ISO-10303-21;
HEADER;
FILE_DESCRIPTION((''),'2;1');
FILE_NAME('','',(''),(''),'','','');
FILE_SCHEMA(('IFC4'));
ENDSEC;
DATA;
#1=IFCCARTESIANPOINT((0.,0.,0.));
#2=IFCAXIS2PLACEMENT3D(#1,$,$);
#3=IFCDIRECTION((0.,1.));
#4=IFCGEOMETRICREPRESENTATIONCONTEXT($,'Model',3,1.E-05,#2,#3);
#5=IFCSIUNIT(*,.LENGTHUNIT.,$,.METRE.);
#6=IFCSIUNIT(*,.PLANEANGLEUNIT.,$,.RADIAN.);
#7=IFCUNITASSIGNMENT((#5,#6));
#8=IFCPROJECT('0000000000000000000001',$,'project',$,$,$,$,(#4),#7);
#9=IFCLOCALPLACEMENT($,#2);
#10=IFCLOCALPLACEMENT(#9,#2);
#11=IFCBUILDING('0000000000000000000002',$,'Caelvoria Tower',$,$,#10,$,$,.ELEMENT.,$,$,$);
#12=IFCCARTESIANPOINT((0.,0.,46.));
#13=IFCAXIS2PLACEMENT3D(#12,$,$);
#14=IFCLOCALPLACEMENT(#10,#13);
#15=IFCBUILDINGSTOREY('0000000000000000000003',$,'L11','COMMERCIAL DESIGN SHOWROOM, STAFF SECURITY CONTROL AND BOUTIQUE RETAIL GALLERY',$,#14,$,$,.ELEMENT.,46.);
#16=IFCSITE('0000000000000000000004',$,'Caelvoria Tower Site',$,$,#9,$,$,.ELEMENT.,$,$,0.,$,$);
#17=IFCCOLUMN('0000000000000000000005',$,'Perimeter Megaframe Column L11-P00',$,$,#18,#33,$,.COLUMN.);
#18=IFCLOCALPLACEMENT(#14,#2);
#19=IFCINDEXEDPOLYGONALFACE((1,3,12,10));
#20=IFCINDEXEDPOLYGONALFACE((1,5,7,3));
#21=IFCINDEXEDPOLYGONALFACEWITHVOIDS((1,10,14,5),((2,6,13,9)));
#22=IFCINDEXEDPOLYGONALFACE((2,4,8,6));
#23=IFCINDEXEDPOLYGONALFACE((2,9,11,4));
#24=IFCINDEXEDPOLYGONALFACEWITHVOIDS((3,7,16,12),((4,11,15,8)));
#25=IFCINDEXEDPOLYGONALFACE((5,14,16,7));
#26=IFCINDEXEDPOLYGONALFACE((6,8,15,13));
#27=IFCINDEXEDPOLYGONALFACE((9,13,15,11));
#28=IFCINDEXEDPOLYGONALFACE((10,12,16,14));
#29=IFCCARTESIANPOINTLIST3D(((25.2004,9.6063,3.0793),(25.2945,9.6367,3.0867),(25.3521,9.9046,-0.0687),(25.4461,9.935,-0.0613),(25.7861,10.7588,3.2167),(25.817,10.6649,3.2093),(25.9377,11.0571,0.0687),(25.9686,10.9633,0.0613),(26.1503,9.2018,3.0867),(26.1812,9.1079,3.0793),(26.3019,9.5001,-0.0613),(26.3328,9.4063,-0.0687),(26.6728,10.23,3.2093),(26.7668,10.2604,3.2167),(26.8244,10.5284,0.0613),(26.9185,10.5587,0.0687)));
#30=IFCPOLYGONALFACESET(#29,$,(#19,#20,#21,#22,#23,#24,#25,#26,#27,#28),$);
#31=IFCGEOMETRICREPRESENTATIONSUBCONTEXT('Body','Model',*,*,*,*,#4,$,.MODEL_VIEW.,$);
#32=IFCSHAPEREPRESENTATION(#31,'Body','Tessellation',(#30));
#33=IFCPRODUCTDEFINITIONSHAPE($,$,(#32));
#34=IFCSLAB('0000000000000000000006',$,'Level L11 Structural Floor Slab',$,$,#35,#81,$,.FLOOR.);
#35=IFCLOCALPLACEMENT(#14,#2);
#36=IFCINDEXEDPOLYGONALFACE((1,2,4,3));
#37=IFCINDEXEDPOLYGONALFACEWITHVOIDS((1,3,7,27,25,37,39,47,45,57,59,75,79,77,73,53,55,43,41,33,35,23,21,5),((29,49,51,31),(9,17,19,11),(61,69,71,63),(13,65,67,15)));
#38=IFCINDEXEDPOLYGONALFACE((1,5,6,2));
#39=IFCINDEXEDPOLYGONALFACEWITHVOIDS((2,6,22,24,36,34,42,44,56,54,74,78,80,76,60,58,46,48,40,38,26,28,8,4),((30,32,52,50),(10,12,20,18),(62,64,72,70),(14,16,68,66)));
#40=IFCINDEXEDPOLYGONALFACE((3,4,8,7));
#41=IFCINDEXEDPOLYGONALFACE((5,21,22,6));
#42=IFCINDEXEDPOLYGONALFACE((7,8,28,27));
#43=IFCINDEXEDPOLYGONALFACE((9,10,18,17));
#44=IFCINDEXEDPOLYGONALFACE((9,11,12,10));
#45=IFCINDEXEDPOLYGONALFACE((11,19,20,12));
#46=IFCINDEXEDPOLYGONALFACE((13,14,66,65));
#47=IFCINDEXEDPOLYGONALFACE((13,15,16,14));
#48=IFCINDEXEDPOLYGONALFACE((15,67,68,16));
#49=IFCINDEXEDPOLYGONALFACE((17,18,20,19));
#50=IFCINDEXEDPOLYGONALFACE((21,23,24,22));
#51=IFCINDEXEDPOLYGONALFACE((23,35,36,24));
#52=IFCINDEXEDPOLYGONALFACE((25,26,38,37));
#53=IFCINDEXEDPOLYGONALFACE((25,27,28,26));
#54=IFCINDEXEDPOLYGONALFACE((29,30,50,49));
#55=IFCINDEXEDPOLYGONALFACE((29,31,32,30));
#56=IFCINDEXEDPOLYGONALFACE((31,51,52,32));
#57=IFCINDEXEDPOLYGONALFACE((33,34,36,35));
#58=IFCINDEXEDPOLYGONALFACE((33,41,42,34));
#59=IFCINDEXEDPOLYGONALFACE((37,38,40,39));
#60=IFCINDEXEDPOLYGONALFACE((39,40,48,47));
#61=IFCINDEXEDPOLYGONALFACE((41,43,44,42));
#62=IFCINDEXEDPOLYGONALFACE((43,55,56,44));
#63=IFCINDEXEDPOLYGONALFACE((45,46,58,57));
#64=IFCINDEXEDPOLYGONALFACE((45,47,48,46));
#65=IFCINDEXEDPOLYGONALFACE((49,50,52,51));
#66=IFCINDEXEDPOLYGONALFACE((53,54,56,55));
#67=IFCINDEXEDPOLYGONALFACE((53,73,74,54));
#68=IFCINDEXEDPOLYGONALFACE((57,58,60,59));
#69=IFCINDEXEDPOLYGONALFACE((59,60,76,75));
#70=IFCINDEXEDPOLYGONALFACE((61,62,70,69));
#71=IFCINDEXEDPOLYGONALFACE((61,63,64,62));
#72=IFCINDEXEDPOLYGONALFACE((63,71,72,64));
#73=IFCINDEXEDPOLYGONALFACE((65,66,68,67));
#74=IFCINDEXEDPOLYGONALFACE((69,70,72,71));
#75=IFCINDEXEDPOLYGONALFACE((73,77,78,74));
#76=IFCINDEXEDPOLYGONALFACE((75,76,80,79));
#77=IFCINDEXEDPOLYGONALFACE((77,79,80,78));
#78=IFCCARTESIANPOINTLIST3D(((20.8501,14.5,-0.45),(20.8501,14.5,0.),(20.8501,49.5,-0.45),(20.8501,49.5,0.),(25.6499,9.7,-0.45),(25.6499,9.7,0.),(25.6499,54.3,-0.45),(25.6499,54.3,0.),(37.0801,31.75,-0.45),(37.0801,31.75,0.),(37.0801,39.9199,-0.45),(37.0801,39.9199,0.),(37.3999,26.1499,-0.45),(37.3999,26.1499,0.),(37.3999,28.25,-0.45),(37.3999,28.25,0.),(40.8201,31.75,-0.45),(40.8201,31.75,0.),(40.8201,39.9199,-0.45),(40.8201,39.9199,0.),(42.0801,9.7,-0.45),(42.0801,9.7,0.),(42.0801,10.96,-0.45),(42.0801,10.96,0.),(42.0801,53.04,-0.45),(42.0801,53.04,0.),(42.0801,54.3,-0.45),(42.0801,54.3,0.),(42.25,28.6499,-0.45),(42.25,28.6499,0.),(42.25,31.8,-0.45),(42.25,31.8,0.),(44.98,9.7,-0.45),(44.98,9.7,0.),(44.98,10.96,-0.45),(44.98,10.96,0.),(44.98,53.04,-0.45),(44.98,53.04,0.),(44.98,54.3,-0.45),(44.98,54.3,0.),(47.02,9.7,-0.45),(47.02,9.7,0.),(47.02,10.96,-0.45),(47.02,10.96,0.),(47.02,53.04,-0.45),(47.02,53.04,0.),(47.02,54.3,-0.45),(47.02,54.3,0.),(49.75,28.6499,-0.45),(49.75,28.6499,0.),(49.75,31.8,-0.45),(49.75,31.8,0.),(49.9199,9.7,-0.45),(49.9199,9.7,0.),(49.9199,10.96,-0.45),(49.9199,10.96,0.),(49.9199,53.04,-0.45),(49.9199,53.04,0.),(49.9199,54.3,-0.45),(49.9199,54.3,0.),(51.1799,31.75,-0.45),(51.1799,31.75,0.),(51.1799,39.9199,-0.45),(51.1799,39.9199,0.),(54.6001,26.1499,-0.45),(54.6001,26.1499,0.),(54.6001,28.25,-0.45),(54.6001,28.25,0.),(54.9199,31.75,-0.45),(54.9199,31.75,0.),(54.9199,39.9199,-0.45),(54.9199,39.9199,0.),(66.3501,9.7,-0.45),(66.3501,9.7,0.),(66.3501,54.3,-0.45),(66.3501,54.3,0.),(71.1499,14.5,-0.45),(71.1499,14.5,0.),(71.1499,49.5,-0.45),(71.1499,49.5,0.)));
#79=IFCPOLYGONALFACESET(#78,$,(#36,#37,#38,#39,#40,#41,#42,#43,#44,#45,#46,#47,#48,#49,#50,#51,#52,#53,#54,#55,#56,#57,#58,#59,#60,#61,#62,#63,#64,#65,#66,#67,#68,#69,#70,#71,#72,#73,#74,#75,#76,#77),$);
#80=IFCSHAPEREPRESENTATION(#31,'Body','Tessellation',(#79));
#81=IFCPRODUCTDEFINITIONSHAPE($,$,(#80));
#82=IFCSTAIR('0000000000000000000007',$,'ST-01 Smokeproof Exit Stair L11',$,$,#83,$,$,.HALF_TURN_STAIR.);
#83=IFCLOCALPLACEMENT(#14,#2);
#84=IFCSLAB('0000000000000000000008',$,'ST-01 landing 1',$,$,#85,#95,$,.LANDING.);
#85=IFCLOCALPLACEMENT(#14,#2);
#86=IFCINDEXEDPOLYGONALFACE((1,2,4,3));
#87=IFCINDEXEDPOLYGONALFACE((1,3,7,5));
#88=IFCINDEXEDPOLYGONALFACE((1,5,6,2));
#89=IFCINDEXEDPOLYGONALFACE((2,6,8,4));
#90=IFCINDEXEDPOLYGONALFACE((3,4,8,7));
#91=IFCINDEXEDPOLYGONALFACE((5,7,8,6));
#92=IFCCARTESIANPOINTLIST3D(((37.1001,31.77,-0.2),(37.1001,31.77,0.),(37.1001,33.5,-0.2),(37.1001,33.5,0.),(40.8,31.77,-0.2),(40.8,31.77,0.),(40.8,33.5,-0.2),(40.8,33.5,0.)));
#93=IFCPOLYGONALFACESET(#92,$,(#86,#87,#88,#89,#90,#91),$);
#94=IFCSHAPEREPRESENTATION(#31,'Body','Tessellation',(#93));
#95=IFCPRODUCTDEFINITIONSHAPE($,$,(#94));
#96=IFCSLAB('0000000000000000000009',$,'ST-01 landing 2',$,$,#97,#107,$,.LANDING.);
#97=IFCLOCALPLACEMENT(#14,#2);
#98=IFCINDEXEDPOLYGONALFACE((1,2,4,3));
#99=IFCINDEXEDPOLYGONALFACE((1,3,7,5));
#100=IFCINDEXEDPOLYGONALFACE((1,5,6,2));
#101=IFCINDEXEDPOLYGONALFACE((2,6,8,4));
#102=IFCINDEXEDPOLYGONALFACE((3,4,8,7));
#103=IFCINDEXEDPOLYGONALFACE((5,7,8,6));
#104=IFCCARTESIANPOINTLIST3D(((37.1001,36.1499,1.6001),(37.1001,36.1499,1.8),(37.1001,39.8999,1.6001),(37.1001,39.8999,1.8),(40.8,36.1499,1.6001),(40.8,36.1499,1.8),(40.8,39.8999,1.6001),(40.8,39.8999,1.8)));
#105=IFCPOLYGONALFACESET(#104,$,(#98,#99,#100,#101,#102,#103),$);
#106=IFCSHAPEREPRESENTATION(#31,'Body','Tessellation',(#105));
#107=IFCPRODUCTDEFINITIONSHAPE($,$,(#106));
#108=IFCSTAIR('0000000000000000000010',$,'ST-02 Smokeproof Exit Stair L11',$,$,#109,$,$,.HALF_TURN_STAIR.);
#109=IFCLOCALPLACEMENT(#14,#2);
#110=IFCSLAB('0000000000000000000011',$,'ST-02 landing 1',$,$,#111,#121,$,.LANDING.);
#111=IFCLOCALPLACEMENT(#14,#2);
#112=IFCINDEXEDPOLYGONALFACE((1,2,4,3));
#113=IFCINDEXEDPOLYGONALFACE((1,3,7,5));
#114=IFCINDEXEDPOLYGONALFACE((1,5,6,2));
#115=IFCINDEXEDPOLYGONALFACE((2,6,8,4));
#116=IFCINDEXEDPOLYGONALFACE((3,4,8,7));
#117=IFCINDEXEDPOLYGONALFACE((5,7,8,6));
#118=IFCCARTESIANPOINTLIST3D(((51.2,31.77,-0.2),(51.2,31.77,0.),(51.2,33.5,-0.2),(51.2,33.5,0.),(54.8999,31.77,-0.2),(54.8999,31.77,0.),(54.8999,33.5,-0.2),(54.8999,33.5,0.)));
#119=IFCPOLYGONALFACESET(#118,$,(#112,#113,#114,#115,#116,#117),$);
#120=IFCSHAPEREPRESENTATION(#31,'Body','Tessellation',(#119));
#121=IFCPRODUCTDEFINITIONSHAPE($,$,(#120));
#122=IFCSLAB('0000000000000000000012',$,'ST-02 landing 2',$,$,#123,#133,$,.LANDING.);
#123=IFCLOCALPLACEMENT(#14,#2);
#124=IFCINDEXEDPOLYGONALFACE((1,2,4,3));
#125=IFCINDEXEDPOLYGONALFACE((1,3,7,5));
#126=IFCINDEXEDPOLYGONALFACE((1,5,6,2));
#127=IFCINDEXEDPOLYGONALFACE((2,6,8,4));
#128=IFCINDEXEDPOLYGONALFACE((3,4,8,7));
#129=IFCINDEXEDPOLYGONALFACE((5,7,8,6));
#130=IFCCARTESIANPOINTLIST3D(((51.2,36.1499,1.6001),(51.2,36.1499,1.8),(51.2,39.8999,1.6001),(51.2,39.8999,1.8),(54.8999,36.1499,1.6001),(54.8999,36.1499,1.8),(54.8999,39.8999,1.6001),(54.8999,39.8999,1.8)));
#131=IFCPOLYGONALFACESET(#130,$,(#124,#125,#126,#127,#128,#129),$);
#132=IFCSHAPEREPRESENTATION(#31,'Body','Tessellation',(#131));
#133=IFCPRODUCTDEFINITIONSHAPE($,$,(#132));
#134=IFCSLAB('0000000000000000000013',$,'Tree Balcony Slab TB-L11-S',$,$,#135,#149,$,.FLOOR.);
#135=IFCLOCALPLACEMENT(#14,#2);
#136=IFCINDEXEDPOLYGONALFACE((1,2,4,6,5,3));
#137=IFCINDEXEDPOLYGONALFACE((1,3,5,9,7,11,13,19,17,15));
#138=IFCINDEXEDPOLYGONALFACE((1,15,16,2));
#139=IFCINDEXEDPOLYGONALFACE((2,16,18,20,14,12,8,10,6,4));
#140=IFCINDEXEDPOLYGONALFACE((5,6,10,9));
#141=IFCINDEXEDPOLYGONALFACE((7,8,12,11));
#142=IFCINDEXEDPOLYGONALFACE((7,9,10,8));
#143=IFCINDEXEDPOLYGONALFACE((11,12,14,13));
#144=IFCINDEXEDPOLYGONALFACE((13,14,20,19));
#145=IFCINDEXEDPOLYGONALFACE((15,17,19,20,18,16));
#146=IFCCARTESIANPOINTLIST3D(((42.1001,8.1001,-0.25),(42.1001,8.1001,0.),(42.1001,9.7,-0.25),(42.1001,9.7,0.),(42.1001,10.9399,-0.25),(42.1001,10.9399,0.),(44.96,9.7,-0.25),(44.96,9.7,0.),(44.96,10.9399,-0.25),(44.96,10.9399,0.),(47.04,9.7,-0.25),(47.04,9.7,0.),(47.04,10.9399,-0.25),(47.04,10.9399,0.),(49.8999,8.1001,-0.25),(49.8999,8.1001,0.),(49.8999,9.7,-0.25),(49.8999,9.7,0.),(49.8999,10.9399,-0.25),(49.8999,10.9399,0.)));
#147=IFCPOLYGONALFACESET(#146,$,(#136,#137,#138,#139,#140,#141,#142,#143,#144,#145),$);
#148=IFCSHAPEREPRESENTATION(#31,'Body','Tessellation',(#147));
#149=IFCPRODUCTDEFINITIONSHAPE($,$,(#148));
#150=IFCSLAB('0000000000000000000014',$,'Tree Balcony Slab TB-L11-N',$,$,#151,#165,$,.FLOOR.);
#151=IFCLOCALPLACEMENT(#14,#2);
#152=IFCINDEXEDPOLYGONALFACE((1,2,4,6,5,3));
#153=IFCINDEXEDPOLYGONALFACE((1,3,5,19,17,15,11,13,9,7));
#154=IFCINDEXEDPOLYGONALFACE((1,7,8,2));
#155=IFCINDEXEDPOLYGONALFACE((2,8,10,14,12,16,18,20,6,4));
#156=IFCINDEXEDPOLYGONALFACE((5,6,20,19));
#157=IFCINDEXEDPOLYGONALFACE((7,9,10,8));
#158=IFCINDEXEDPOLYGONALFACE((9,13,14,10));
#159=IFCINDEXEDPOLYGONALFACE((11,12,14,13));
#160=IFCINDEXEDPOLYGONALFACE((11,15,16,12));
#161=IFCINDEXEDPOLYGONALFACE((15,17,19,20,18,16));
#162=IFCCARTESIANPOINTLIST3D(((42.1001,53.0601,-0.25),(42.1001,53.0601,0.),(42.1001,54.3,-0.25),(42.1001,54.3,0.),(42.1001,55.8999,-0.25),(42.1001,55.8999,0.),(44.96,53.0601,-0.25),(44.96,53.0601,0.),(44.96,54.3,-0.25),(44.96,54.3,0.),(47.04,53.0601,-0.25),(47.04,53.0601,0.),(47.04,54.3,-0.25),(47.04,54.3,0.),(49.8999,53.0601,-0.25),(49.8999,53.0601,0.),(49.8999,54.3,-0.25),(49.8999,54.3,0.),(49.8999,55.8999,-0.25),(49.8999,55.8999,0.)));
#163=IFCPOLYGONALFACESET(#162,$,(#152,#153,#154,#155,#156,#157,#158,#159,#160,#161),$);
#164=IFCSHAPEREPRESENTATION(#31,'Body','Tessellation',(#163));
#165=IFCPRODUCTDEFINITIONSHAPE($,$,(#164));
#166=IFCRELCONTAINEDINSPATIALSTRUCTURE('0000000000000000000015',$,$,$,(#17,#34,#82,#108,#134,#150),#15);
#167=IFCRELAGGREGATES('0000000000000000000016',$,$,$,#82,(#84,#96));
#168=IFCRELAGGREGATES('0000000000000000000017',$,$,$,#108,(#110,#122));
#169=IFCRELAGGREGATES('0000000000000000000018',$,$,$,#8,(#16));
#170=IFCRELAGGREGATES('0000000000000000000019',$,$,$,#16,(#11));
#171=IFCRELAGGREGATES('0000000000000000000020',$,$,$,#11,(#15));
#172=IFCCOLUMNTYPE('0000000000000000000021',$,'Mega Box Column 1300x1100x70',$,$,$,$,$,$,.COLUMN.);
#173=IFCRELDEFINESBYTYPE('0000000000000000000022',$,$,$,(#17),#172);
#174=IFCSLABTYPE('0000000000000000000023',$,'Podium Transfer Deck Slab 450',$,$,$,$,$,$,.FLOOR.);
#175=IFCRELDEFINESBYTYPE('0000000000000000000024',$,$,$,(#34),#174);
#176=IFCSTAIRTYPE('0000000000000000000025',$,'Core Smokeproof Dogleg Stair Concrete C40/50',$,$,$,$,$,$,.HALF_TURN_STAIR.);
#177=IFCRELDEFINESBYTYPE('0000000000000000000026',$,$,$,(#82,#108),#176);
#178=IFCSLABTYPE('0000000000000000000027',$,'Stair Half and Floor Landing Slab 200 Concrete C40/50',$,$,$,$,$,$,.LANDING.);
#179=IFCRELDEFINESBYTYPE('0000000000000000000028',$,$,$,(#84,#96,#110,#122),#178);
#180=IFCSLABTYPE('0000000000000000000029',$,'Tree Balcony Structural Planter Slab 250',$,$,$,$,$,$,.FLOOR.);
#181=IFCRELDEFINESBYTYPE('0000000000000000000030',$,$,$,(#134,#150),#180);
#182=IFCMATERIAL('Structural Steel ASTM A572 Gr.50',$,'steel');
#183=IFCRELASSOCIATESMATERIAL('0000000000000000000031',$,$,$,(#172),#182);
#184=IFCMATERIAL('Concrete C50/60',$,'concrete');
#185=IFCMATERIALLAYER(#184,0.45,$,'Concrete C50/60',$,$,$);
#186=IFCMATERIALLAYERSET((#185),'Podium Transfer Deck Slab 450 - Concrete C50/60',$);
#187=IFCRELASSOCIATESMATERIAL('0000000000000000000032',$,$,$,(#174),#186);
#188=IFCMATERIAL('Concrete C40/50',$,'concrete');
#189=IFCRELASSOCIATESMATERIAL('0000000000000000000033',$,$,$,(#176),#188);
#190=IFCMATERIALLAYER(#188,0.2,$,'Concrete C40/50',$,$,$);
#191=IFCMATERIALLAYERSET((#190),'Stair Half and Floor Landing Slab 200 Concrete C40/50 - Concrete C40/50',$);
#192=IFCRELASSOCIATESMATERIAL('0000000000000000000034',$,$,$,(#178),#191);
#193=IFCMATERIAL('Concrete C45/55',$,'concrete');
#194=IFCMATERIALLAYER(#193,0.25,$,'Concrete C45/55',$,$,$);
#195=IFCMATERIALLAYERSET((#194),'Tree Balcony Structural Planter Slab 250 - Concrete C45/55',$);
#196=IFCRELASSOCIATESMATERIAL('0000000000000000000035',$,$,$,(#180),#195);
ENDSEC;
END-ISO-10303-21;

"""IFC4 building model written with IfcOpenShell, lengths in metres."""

from ifc_helpers import new_model, si_unit, direction, frame, origin, origin_2d, place, context, subcontext, project, spatial, polyline, hollow_rectangle, outline, extrude, material, layer, layer_set, material_profile, profile_set, type_object, element, aggregate, save


model = new_model("IFC4")

# Units and contexts
model_context = context("Model", 3, precision=1e-05, world=origin(), true_north=direction((0.0, 1.0)))
body_context = subcontext(model_context, "Body", "Model", "MODEL_VIEW")
ifc_project = project(units=[si_unit("LENGTHUNIT", "METRE"), si_unit("PLANEANGLEUNIT", "RADIAN")], contexts=[model_context])

# Site, building, storey
site_placement = place(None, origin())
site = spatial("IfcSite", under=ifc_project, at=site_placement, Name="Caelvoria Tower Site", CompositionType="ELEMENT", RefElevation=0.0)
building_placement = place(site_placement, origin())
building = spatial("IfcBuilding", under=site, at=building_placement, Name="Caelvoria Tower", CompositionType="ELEMENT")
storey_placement = place(building_placement, frame((0.0, 0.0, 46.0)))
storey = spatial("IfcBuildingStorey", under=building, at=storey_placement, Name="L11", Description="COMMERCIAL DESIGN SHOWROOM, STAFF SECURITY CONTROL AND BOUTIQUE RETAIL GALLERY", CompositionType="ELEMENT", Elevation=46.0)

# Column
ifc_material_1 = material(Name="Structural Steel ASTM A572 Gr.50", Category="steel")
ifc_material_profile = material_profile(ifc_material_1, hollow_rectangle(XDim=1.1001, YDim=1.3, WallThickness=0.0701, at=origin_2d()), Name="Structural Steel ASTM A572 Gr.50")
ifc_profile_set = profile_set([ifc_material_profile], Name="BOX1300X1100X70 - Structural Steel ASTM A572 Gr.50")
column_type = type_object("IfcColumnType", Name="Mega Box Column 1300x1100x70", PredefinedType="COLUMN", material=ifc_profile_set)
column_placement = place(storey_placement, frame((26.1353, 10.2317, 0.0), z_axis=(-0.047892, -0.094242, 0.994397), x_axis=(0.89149, -0.45304, 0.0)))
element("IfcColumn", 1, at=column_placement, inside=storey, type_object=column_type, Name="Perimeter Megaframe Column L11-P00", PredefinedType="COLUMN", context=body_context, shape_type="SweptSolid", body=[
    extrude(hollow_rectangle(XDim=1.1001, YDim=1.3, WallThickness=0.0701, at=origin_2d()), origin(), (0.0, 0.0, 1.0), 3.1658),
])

# Slab
ifc_material_2 = material(Name="Concrete C50/60", Category="concrete")
ifc_layer_1 = layer(ifc_material_2, 0.45, Name="Concrete C50/60")
ifc_layer_set_1 = layer_set([ifc_layer_1], Name="Podium Transfer Deck Slab 450 - Concrete C50/60")
slab_type_1 = type_object("IfcSlabType", Name="Podium Transfer Deck Slab 450", PredefinedType="FLOOR", material=ifc_layer_set_1)
slab_1_placement = place(storey_placement, frame((0.0, 0.0, -0.45)))
element("IfcSlab", 2, at=slab_1_placement, inside=storey, type_object=slab_type_1, Name="Level L11 Structural Floor Slab", PredefinedType="FLOOR", context=body_context, shape_type="SweptSolid", body=[
    extrude(outline(polyline([(20.8501, 49.5), (20.8501, 14.5), (25.6499, 9.7), (42.0801, 9.7), (42.0801, 10.96), (44.98, 10.96), (44.98, 9.7), (47.02, 9.7), (47.02, 10.96), (49.9199, 10.96), (49.9199, 9.7), (66.3501, 9.7), (71.1499, 14.5), (71.1499, 49.5), (66.3501, 54.3), (49.9199, 54.3), (49.9199, 53.04), (47.02, 53.04), (47.02, 54.3), (44.98, 54.3), (44.98, 53.04), (42.0801, 53.04), (42.0801, 54.3), (25.6499, 54.3), (20.8501, 49.5)]), holes=[polyline([(37.0801, 31.75), (40.8201, 31.75), (40.8201, 39.9199), (37.0801, 39.9199), (37.0801, 31.75)]), polyline([(51.1799, 31.75), (54.9199, 31.75), (54.9199, 39.9199), (51.1799, 39.9199), (51.1799, 31.75)]), polyline([(42.25, 28.6499), (49.75, 28.6499), (49.75, 31.8), (42.25, 31.8), (42.25, 28.6499)]), polyline([(37.3999, 26.1499), (54.6001, 26.1499), (54.6001, 28.25), (37.3999, 28.25), (37.3999, 26.1499)])]), origin(), (0.0, 0.0, 1.0), 0.45),
])

# Stairs, slabs
ifc_material_3 = material(Name="Concrete C40/50", Category="concrete")
stair_type = type_object("IfcStairType", Name="Core Smokeproof Dogleg Stair Concrete C40/50", PredefinedType="HALF_TURN_STAIR", material=ifc_material_3)
stair_1_placement = place(storey_placement, origin())
stair_1 = element("IfcStair", 3, at=stair_1_placement, inside=storey, type_object=stair_type, Name="ST-01 Smokeproof Exit Stair L11", PredefinedType="HALF_TURN_STAIR")
ifc_layer_2 = layer(ifc_material_3, 0.2, Name="Concrete C40/50")
ifc_layer_set_2 = layer_set([ifc_layer_2], Name="Stair Half and Floor Landing Slab 200 Concrete C40/50 - Concrete C40/50")
slab_type_2 = type_object("IfcSlabType", Name="Stair Half and Floor Landing Slab 200 Concrete C40/50", PredefinedType="LANDING", material=ifc_layer_set_2)
slab_2_placement = place(storey_placement, frame((0.0, 0.0, -0.2)))
slab_2 = element("IfcSlab", 4, at=slab_2_placement, type_object=slab_type_2, Name="ST-01 landing 1", PredefinedType="LANDING", context=body_context, shape_type="SweptSolid", body=[
    extrude(outline(polyline([(37.1001, 31.77), (40.8, 31.77), (40.8, 33.5), (37.1001, 33.5), (37.1001, 31.77)])), origin(), (0.0, 0.0, 1.0), 0.2),
])
slab_3_placement = place(storey_placement, frame((0.0, 0.0, 1.6001)))
slab_3 = element("IfcSlab", 5, at=slab_3_placement, type_object=slab_type_2, Name="ST-01 landing 2", PredefinedType="LANDING", context=body_context, shape_type="SweptSolid", body=[
    extrude(outline(polyline([(37.1001, 36.1499), (40.8, 36.1499), (40.8, 39.8999), (37.1001, 39.8999), (37.1001, 36.1499)])), origin(), (0.0, 0.0, 1.0), 0.2),
])
aggregate(stair_1, [slab_2, slab_3])
stair_2_placement = place(storey_placement, origin())
stair_2 = element("IfcStair", 6, at=stair_2_placement, inside=storey, type_object=stair_type, Name="ST-02 Smokeproof Exit Stair L11", PredefinedType="HALF_TURN_STAIR")
slab_4_placement = place(storey_placement, frame((0.0, 0.0, -0.2)))
slab_4 = element("IfcSlab", 7, at=slab_4_placement, type_object=slab_type_2, Name="ST-02 landing 1", PredefinedType="LANDING", context=body_context, shape_type="SweptSolid", body=[
    extrude(outline(polyline([(51.2, 31.77), (54.8999, 31.77), (54.8999, 33.5), (51.2, 33.5), (51.2, 31.77)])), origin(), (0.0, 0.0, 1.0), 0.2),
])
slab_5_placement = place(storey_placement, frame((0.0, 0.0, 1.6001)))
slab_5 = element("IfcSlab", 8, at=slab_5_placement, type_object=slab_type_2, Name="ST-02 landing 2", PredefinedType="LANDING", context=body_context, shape_type="SweptSolid", body=[
    extrude(outline(polyline([(51.2, 36.1499), (54.8999, 36.1499), (54.8999, 39.8999), (51.2, 39.8999), (51.2, 36.1499)])), origin(), (0.0, 0.0, 1.0), 0.2),
])
aggregate(stair_2, [slab_4, slab_5])

# Slabs
ifc_material_4 = material(Name="Concrete C45/55", Category="concrete")
ifc_layer_3 = layer(ifc_material_4, 0.25, Name="Concrete C45/55")
ifc_layer_set_3 = layer_set([ifc_layer_3], Name="Tree Balcony Structural Planter Slab 250 - Concrete C45/55")
slab_type_3 = type_object("IfcSlabType", Name="Tree Balcony Structural Planter Slab 250", PredefinedType="FLOOR", material=ifc_layer_set_3)
slab_6_placement = place(storey_placement, frame((0.0, 0.0, -0.25)))
element("IfcSlab", 9, at=slab_6_placement, inside=storey, type_object=slab_type_3, Name="Tree Balcony Slab TB-L11-S", PredefinedType="FLOOR", context=body_context, shape_type="SweptSolid", body=[
    extrude(outline(polyline([(49.8999, 9.7), (49.8999, 10.9399), (47.04, 10.9399), (47.04, 9.7), (44.96, 9.7), (44.96, 10.9399), (42.1001, 10.9399), (42.1001, 9.7), (42.1001, 8.1001), (49.8999, 8.1001), (49.8999, 9.7)])), origin(), (0.0, 0.0, 1.0), 0.25),
])
slab_7_placement = place(storey_placement, frame((0.0, 0.0, -0.25)))
element("IfcSlab", 10, at=slab_7_placement, inside=storey, type_object=slab_type_3, Name="Tree Balcony Slab TB-L11-N", PredefinedType="FLOOR", context=body_context, shape_type="SweptSolid", body=[
    extrude(outline(polyline([(42.1001, 55.8999), (42.1001, 54.3), (42.1001, 53.0601), (44.96, 53.0601), (44.96, 54.3), (47.04, 54.3), (47.04, 53.0601), (49.8999, 53.0601), (49.8999, 54.3), (49.8999, 55.8999), (42.1001, 55.8999)])), origin(), (0.0, 0.0, 1.0), 0.25),
])

save(model, "model.ifc")
